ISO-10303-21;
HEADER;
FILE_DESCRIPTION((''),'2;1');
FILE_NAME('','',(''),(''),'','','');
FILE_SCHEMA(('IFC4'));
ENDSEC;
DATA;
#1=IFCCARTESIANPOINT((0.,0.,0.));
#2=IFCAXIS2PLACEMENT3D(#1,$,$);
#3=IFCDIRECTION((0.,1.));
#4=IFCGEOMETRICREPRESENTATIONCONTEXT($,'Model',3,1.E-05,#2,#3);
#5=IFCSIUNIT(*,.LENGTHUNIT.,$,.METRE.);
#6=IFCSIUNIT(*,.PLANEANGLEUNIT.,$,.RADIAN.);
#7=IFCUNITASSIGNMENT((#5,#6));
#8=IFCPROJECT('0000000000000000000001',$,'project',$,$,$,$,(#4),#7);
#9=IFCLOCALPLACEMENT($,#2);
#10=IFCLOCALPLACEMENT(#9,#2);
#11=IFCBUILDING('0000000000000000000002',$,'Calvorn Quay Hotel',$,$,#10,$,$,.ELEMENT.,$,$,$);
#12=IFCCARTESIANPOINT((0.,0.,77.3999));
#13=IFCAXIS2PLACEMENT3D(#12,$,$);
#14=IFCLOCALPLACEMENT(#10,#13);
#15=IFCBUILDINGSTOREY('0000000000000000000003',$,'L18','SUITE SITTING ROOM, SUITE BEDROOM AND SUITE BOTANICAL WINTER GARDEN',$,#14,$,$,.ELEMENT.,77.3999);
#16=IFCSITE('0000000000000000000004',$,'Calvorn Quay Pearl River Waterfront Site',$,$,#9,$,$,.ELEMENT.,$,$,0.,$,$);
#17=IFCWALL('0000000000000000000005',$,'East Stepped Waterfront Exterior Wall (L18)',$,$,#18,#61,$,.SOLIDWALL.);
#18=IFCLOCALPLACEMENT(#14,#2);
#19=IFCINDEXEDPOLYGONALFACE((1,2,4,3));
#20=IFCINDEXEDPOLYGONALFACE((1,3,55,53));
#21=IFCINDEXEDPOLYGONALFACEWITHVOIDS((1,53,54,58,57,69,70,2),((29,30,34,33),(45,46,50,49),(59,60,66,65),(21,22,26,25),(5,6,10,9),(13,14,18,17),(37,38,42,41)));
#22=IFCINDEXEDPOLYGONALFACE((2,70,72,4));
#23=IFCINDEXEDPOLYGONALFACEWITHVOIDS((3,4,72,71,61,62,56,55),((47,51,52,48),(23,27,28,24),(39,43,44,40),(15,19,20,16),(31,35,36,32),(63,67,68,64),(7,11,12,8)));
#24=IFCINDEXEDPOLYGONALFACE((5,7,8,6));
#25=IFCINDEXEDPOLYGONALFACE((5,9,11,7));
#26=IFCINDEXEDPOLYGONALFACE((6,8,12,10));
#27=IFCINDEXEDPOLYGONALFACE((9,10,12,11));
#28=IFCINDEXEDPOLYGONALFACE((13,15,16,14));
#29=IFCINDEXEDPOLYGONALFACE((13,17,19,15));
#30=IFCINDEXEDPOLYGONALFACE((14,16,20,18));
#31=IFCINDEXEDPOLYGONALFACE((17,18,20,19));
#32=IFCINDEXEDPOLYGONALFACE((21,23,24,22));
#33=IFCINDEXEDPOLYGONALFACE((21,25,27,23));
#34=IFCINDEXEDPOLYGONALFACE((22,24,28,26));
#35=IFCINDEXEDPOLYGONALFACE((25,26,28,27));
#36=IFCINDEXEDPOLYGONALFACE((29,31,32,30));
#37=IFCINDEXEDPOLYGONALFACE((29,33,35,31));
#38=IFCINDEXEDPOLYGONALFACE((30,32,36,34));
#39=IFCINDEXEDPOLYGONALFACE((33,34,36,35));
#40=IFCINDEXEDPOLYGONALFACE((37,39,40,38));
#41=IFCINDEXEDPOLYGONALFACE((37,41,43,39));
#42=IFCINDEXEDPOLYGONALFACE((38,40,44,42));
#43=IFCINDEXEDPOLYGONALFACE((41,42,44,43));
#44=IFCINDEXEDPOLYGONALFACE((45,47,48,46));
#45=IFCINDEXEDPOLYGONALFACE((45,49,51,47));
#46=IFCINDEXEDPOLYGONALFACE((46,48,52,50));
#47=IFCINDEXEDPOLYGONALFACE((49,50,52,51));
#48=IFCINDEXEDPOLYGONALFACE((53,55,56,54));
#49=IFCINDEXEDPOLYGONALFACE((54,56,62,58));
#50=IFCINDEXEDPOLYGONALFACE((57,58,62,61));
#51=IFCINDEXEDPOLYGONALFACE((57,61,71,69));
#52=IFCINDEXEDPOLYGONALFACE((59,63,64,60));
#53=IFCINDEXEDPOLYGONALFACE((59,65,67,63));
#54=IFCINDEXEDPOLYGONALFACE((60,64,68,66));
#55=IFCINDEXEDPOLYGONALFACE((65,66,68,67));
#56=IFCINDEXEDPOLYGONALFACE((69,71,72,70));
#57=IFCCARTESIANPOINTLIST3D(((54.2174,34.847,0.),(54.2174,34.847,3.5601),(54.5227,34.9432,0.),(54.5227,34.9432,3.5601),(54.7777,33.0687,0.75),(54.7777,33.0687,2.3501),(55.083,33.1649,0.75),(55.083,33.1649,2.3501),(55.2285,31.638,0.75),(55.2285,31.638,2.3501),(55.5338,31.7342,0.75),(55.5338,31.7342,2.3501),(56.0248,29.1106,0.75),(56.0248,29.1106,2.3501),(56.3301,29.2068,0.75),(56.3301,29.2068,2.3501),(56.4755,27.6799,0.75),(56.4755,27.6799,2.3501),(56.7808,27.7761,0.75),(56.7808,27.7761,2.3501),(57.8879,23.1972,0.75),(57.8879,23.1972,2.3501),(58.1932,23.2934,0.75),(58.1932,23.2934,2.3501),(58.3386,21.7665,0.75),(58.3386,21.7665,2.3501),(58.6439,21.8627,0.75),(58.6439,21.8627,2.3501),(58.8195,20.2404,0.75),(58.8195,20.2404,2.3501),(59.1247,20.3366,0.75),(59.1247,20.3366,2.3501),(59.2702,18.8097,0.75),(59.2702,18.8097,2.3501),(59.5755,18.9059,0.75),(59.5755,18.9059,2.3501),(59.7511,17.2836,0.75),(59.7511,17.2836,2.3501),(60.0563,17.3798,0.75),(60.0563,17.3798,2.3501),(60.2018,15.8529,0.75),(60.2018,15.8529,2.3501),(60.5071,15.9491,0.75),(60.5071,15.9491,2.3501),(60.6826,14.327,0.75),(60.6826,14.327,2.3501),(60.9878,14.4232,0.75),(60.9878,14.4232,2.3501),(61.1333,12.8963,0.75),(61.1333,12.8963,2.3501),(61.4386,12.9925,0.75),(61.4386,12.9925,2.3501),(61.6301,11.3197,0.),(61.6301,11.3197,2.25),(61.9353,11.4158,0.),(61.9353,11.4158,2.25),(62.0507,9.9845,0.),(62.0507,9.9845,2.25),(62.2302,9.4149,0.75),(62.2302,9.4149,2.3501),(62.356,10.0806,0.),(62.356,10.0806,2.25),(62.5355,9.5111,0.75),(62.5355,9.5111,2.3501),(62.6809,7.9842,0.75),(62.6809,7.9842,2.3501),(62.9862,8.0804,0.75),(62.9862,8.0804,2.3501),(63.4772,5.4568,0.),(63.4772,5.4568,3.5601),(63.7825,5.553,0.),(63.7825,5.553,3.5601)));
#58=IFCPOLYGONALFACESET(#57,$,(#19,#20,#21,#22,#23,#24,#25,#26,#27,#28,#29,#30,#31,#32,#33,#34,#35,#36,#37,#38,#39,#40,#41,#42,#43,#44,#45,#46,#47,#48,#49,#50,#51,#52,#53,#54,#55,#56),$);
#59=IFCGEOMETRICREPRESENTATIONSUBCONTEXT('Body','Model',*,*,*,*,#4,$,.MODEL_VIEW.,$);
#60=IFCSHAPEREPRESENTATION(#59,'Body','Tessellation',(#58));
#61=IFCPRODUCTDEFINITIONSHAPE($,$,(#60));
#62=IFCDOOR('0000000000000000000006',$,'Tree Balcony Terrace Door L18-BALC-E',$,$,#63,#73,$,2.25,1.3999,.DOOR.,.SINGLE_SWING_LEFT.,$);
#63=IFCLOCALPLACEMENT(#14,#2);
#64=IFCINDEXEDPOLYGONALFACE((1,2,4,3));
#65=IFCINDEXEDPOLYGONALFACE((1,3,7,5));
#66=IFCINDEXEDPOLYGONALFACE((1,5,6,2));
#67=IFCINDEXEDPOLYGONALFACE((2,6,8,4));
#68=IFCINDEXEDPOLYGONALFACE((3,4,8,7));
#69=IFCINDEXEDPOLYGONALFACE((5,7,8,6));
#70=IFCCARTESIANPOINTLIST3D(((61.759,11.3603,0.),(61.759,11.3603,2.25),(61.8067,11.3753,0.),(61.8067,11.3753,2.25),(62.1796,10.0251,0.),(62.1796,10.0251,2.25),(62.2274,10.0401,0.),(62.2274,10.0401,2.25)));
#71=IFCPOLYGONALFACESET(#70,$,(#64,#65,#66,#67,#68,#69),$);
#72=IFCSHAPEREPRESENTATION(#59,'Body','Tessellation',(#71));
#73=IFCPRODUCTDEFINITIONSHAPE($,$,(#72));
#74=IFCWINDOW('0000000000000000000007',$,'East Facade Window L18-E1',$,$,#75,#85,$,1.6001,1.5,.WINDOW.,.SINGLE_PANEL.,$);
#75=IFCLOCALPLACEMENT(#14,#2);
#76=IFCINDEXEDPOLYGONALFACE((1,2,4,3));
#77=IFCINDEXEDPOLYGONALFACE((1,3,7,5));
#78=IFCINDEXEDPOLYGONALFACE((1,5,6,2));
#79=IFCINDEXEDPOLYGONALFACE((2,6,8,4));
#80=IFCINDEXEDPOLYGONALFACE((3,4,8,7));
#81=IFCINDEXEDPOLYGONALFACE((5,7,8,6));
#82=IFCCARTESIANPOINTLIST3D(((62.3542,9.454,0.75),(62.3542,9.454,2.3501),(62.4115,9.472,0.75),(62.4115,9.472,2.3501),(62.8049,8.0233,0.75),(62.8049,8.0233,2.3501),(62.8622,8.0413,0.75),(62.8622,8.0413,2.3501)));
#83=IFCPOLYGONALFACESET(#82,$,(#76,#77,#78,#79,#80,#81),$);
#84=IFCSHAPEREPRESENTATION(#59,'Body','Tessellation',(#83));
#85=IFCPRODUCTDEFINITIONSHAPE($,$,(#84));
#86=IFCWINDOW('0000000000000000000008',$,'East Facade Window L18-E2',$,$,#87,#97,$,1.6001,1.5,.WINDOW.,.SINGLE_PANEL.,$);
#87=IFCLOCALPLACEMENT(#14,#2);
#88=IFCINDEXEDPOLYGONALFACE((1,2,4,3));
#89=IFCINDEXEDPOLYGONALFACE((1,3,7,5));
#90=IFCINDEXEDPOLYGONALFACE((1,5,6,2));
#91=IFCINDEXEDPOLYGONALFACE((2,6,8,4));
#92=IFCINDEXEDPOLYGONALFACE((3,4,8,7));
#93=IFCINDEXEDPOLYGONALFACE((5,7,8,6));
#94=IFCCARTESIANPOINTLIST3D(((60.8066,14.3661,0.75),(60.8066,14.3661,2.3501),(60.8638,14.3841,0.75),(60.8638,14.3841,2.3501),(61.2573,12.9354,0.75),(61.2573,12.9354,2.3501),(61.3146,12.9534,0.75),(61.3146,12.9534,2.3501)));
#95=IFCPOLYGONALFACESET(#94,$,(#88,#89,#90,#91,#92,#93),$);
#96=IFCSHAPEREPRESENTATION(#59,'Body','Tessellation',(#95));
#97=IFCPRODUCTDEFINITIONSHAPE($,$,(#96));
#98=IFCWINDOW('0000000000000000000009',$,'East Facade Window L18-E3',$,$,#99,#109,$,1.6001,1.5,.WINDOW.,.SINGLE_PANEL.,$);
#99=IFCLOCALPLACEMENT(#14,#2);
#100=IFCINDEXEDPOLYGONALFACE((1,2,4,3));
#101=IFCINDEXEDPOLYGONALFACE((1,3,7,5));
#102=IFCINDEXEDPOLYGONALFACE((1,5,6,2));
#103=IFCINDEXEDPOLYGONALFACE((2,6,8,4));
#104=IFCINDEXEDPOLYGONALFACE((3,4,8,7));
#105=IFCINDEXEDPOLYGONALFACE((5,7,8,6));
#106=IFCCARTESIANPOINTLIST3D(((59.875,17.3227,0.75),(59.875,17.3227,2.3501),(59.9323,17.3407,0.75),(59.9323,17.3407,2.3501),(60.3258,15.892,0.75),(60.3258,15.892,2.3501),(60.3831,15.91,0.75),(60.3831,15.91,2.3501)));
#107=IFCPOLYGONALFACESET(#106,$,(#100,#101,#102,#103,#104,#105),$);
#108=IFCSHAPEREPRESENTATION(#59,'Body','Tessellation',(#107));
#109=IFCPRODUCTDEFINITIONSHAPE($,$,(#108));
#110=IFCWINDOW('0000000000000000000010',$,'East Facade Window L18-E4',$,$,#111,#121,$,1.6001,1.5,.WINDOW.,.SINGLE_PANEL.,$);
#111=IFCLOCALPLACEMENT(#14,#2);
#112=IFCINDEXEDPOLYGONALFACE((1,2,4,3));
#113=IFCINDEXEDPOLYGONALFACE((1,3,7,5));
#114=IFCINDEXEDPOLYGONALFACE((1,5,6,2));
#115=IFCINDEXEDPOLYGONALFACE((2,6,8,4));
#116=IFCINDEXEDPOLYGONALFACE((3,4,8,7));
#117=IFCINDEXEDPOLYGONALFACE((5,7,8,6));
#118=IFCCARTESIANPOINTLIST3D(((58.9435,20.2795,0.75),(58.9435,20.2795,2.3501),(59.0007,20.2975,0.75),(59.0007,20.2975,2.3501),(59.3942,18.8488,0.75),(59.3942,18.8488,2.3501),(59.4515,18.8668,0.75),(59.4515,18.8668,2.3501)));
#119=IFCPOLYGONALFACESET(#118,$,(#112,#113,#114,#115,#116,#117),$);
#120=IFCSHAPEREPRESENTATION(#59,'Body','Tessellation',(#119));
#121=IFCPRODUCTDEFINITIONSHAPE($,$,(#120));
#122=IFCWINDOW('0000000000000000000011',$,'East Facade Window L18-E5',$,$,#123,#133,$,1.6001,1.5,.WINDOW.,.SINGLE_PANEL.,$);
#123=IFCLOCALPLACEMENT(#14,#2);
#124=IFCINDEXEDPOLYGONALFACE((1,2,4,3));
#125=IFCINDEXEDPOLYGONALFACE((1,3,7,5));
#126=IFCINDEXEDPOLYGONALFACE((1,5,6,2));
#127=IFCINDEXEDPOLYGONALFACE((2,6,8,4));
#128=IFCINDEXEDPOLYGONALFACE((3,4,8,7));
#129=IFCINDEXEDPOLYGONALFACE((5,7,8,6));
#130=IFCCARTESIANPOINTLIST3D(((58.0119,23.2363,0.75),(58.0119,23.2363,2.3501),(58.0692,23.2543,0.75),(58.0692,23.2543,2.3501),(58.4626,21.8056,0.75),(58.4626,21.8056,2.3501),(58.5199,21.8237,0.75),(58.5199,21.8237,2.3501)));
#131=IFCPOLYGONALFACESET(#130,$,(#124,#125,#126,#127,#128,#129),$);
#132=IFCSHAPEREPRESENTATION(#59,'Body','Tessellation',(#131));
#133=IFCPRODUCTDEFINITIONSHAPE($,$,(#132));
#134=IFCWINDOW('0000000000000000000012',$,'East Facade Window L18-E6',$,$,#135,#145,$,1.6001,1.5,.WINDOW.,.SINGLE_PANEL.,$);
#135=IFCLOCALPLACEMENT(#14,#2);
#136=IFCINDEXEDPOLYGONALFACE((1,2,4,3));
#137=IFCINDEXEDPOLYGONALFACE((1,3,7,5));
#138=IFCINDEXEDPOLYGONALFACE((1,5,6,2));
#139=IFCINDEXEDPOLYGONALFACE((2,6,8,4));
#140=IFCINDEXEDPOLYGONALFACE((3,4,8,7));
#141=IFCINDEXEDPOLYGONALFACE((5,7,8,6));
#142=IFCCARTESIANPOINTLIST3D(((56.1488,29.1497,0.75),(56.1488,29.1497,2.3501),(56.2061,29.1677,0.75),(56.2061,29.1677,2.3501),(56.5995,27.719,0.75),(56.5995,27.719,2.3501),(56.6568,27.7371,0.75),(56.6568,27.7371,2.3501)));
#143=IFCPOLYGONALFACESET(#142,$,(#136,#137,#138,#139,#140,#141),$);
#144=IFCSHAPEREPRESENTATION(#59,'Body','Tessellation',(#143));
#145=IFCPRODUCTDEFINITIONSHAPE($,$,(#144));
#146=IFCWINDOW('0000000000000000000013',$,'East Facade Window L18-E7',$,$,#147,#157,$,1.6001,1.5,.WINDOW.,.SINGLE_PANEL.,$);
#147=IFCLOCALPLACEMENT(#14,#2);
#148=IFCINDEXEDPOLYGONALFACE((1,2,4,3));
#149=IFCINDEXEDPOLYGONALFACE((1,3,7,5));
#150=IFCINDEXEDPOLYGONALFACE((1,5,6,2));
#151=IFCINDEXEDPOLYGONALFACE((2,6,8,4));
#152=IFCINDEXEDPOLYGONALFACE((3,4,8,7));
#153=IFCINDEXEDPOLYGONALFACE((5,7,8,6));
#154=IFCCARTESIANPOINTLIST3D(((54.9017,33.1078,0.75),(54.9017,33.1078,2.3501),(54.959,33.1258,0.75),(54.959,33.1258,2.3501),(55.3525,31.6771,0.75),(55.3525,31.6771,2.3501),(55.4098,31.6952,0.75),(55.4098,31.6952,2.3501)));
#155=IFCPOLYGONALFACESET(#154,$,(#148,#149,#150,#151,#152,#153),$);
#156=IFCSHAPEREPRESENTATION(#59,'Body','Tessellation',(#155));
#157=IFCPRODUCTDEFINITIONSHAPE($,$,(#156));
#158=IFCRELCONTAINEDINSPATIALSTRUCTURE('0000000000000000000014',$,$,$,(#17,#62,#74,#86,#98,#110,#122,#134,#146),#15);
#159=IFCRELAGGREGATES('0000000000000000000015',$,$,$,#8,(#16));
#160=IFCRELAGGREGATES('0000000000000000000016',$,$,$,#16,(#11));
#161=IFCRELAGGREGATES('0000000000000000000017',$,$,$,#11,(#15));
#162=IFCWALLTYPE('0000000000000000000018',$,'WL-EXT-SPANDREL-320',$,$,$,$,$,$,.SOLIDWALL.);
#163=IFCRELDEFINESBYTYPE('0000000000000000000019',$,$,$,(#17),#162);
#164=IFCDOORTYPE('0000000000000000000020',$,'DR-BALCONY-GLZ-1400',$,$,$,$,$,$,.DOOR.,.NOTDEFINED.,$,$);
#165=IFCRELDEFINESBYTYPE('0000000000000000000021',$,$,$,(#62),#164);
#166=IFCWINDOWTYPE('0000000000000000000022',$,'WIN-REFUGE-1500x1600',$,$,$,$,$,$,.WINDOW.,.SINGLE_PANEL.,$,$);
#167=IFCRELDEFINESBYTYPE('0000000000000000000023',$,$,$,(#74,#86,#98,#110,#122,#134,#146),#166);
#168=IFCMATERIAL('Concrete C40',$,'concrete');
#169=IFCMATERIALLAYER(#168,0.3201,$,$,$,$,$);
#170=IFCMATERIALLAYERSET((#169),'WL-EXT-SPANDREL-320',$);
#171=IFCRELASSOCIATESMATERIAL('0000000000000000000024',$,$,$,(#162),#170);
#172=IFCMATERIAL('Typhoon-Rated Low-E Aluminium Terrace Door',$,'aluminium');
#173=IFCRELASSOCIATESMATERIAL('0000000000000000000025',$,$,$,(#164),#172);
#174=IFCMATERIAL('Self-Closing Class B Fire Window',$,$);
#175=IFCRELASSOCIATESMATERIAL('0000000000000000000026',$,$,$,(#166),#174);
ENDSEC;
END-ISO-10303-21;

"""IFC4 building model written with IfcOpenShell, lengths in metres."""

from ifc_helpers import new_model, si_unit, direction, frame, frame_2d, origin, place, context, subcontext, project, spatial, rectangle, extrude, material, layer, layer_set, type_object, element, fill, save


model = new_model("IFC4")

# Units and contexts
model_context = context("Model", 3, precision=1e-05, world=origin(), true_north=direction((0.0, 1.0)))
body_context = subcontext(model_context, "Body", "Model", "MODEL_VIEW")
ifc_project = project(units=[si_unit("LENGTHUNIT", "METRE"), si_unit("PLANEANGLEUNIT", "RADIAN")], contexts=[model_context])

# Site, building, storey
site_placement = place(None, origin())
site = spatial("IfcSite", under=ifc_project, at=site_placement, Name="Calvorn Quay Pearl River Waterfront Site", CompositionType="ELEMENT", RefElevation=0.0)
building_placement = place(site_placement, origin())
building = spatial("IfcBuilding", under=site, at=building_placement, Name="Calvorn Quay Hotel", CompositionType="ELEMENT")
storey_placement = place(building_placement, frame((0.0, 0.0, 77.3999)))
storey = spatial("IfcBuildingStorey", under=building, at=storey_placement, Name="L18", Description="SUITE SITTING ROOM, SUITE BEDROOM AND SUITE BOTANICAL WINTER GARDEN", CompositionType="ELEMENT", Elevation=77.3999)

# Shared definitions
ifc_material_1 = material(Name="Concrete C40", Category="concrete")
ifc_layer_1 = layer(ifc_material_1, 0.3201)
ifc_layer_set_1 = layer_set([ifc_layer_1], Name="WL-EXT-SPANDREL-320")
wall_type_1 = type_object("IfcWallType", Name="WL-EXT-SPANDREL-320", PredefinedType="SOLIDWALL", material=ifc_layer_set_1)

# Wall, openings, door, windows
wall_1_placement = place(storey_placement, frame((63.6299, 5.5049, 0.0), z_axis=(0.0, 0.0, 1.0), x_axis=(-0.300502, 0.953781, 0.0)))
wall_1 = element("IfcWall", 1, at=wall_1_placement, inside=storey, type_object=wall_type_1, Name="East Stepped Waterfront Exterior Wall (L18)", PredefinedType="SOLIDWALL", context=body_context, shape_type="SweptSolid", body=[
    extrude(rectangle(XDim=30.8145, YDim=0.3201, at=frame_2d((15.4072, 0.0))), origin(), (0.0, 0.0, 1.0), 3.5601),
])
opening_1_placement = place(wall_1_placement, frame((4.7471, 0.0, 0.0)))
opening_1 = element("IfcOpeningElement", 2, at=opening_1_placement, cuts=wall_1, PredefinedType="OPENING", context=body_context, shape_type="SweptSolid", body=[
    extrude(rectangle(XDim=1.3999, YDim=2.25, at=frame_2d((0.7, 1.125))), frame((0.0, 0.1699, 0.0), z_axis=(0.0, -1.0, 0.0), x_axis=(1.0, 0.0, 0.0)), (0.0, 0.0, 1.0), 0.3401),
])
opening_2_placement = place(wall_1_placement, frame((2.6499, 0.0, 0.75)))
opening_2 = element("IfcOpeningElement", 3, at=opening_2_placement, cuts=wall_1, PredefinedType="OPENING", context=body_context, shape_type="SweptSolid", body=[
    extrude(rectangle(XDim=1.5, YDim=1.6001, at=frame_2d((0.75, 0.8))), frame((0.0, 0.1699, 0.0), z_axis=(0.0, -1.0, 0.0), x_axis=(1.0, 0.0, 0.0)), (0.0, 0.0, 1.0), 0.3401),
])
opening_3_placement = place(wall_1_placement, frame((7.8, 0.0, 0.75)))
opening_3 = element("IfcOpeningElement", 4, at=opening_3_placement, cuts=wall_1, PredefinedType="OPENING", context=body_context, shape_type="SweptSolid", body=[
    extrude(rectangle(XDim=1.5, YDim=1.6001, at=frame_2d((0.75, 0.8))), frame((0.0, 0.1699, 0.0), z_axis=(0.0, -1.0, 0.0), x_axis=(1.0, 0.0, 0.0)), (0.0, 0.0, 1.0), 0.3401),
])
opening_4_placement = place(wall_1_placement, frame((10.8999, 0.0, 0.75)))
opening_4 = element("IfcOpeningElement", 5, at=opening_4_placement, cuts=wall_1, PredefinedType="OPENING", context=body_context, shape_type="SweptSolid", body=[
    extrude(rectangle(XDim=1.5, YDim=1.6001, at=frame_2d((0.75, 0.8))), frame((0.0, 0.1699, 0.0), z_axis=(0.0, -1.0, 0.0), x_axis=(1.0, 0.0, 0.0)), (0.0, 0.0, 1.0), 0.3401),
])
opening_5_placement = place(wall_1_placement, frame((14.0, 0.0, 0.75)))
opening_5 = element("IfcOpeningElement", 6, at=opening_5_placement, cuts=wall_1, PredefinedType="OPENING", context=body_context, shape_type="SweptSolid", body=[
    extrude(rectangle(XDim=1.5, YDim=1.6001, at=frame_2d((0.75, 0.8))), frame((0.0, 0.1699, 0.0), z_axis=(0.0, -1.0, 0.0), x_axis=(1.0, 0.0, 0.0)), (0.0, 0.0, 1.0), 0.3401),
])
opening_6_placement = place(wall_1_placement, frame((17.1001, 0.0, 0.75)))
opening_6 = element("IfcOpeningElement", 7, at=opening_6_placement, cuts=wall_1, PredefinedType="OPENING", context=body_context, shape_type="SweptSolid", body=[
    extrude(rectangle(XDim=1.5, YDim=1.6001, at=frame_2d((0.75, 0.8))), frame((0.0, 0.1699, 0.0), z_axis=(0.0, -1.0, 0.0), x_axis=(1.0, 0.0, 0.0)), (0.0, 0.0, 1.0), 0.3401),
])
opening_7_placement = place(wall_1_placement, frame((23.3, 0.0, 0.75)))
opening_7 = element("IfcOpeningElement", 8, at=opening_7_placement, cuts=wall_1, PredefinedType="OPENING", context=body_context, shape_type="SweptSolid", body=[
    extrude(rectangle(XDim=1.5, YDim=1.6001, at=frame_2d((0.75, 0.8))), frame((0.0, 0.1699, 0.0), z_axis=(0.0, -1.0, 0.0), x_axis=(1.0, 0.0, 0.0)), (0.0, 0.0, 1.0), 0.3401),
])
opening_8_placement = place(wall_1_placement, frame((27.45, 0.0, 0.75)))
opening_8 = element("IfcOpeningElement", 9, at=opening_8_placement, cuts=wall_1, PredefinedType="OPENING", context=body_context, shape_type="SweptSolid", body=[
    extrude(rectangle(XDim=1.5, YDim=1.6001, at=frame_2d((0.75, 0.8))), frame((0.0, 0.1699, 0.0), z_axis=(0.0, -1.0, 0.0), x_axis=(1.0, 0.0, 0.0)), (0.0, 0.0, 1.0), 0.3401),
])
ifc_material_2 = material(Name="Typhoon-Rated Low-E Aluminium Terrace Door", Category="aluminium")
door_type = type_object("IfcDoorType", Name="DR-BALCONY-GLZ-1400", OperationType="NOTDEFINED", PredefinedType="DOOR", material=ifc_material_2)
door_placement = place(opening_1_placement, origin())
door = element("IfcDoor", 10, at=door_placement, inside=storey, type_object=door_type, Name="Tree Balcony Terrace Door L18-BALC-E", OperationType="SINGLE_SWING_LEFT", OverallHeight=2.25, OverallWidth=1.3999, PredefinedType="DOOR", context=body_context, shape_type="SweptSolid", body=[
    extrude(rectangle(XDim=1.3999, YDim=2.25, at=frame_2d((0.7, 1.125))), frame((0.0, 0.0249, 0.0), z_axis=(0.0, -1.0, 0.0), x_axis=(1.0, 0.0, 0.0)), (0.0, 0.0, 1.0), 0.05),
])
fill(opening_1, door)
ifc_material_3 = material(Name="Self-Closing Class B Fire Window")
window_type = type_object("IfcWindowType", Name="WIN-REFUGE-1500x1600", PartitioningType="SINGLE_PANEL", PredefinedType="WINDOW", material=ifc_material_3)
window_1_placement = place(opening_2_placement, origin())
window_1 = element("IfcWindow", 11, at=window_1_placement, inside=storey, type_object=window_type, Name="East Facade Window L18-E1", OverallHeight=1.6001, OverallWidth=1.5, PartitioningType="SINGLE_PANEL", PredefinedType="WINDOW", context=body_context, shape_type="SweptSolid", body=[
    extrude(rectangle(XDim=1.5, YDim=1.6001, at=frame_2d((0.75, 0.8))), frame((0.0, 0.03, 0.0), z_axis=(0.0, -1.0, 0.0), x_axis=(1.0, 0.0, 0.0)), (0.0, 0.0, 1.0), 0.0601),
])
fill(opening_2, window_1)
window_2_placement = place(opening_3_placement, origin())
window_2 = element("IfcWindow", 12, at=window_2_placement, inside=storey, type_object=window_type, Name="East Facade Window L18-E2", OverallHeight=1.6001, OverallWidth=1.5, PartitioningType="SINGLE_PANEL", PredefinedType="WINDOW", context=body_context, shape_type="SweptSolid", body=[
    extrude(rectangle(XDim=1.5, YDim=1.6001, at=frame_2d((0.75, 0.8))), frame((0.0, 0.03, 0.0), z_axis=(0.0, -1.0, 0.0), x_axis=(1.0, 0.0, 0.0)), (0.0, 0.0, 1.0), 0.0601),
])
fill(opening_3, window_2)
window_3_placement = place(opening_4_placement, origin())
window_3 = element("IfcWindow", 13, at=window_3_placement, inside=storey, type_object=window_type, Name="East Facade Window L18-E3", OverallHeight=1.6001, OverallWidth=1.5, PartitioningType="SINGLE_PANEL", PredefinedType="WINDOW", context=body_context, shape_type="SweptSolid", body=[
    extrude(rectangle(XDim=1.5, YDim=1.6001, at=frame_2d((0.75, 0.8))), frame((0.0, 0.03, 0.0), z_axis=(0.0, -1.0, 0.0), x_axis=(1.0, 0.0, 0.0)), (0.0, 0.0, 1.0), 0.0601),
])
fill(opening_4, window_3)
window_4_placement = place(opening_5_placement, origin())
window_4 = element("IfcWindow", 14, at=window_4_placement, inside=storey, type_object=window_type, Name="East Facade Window L18-E4", OverallHeight=1.6001, OverallWidth=1.5, PartitioningType="SINGLE_PANEL", PredefinedType="WINDOW", context=body_context, shape_type="SweptSolid", body=[
    extrude(rectangle(XDim=1.5, YDim=1.6001, at=frame_2d((0.75, 0.8))), frame((0.0, 0.03, 0.0), z_axis=(0.0, -1.0, 0.0), x_axis=(1.0, 0.0, 0.0)), (0.0, 0.0, 1.0), 0.0601),
])
fill(opening_5, window_4)
window_5_placement = place(opening_6_placement, origin())
window_5 = element("IfcWindow", 15, at=window_5_placement, inside=storey, type_object=window_type, Name="East Facade Window L18-E5", OverallHeight=1.6001, OverallWidth=1.5, PartitioningType="SINGLE_PANEL", PredefinedType="WINDOW", context=body_context, shape_type="SweptSolid", body=[
    extrude(rectangle(XDim=1.5, YDim=1.6001, at=frame_2d((0.75, 0.8))), frame((0.0, 0.03, 0.0), z_axis=(0.0, -1.0, 0.0), x_axis=(1.0, 0.0, 0.0)), (0.0, 0.0, 1.0), 0.0601),
])
fill(opening_6, window_5)
window_6_placement = place(opening_7_placement, origin())
window_6 = element("IfcWindow", 16, at=window_6_placement, inside=storey, type_object=window_type, Name="East Facade Window L18-E6", OverallHeight=1.6001, OverallWidth=1.5, PartitioningType="SINGLE_PANEL", PredefinedType="WINDOW", context=body_context, shape_type="SweptSolid", body=[
    extrude(rectangle(XDim=1.5, YDim=1.6001, at=frame_2d((0.75, 0.8))), frame((0.0, 0.03, 0.0), z_axis=(0.0, -1.0, 0.0), x_axis=(1.0, 0.0, 0.0)), (0.0, 0.0, 1.0), 0.0601),
])
fill(opening_7, window_6)
window_7_placement = place(opening_8_placement, origin())
window_7 = element("IfcWindow", 17, at=window_7_placement, inside=storey, type_object=window_type, Name="East Facade Window L18-E7", OverallHeight=1.6001, OverallWidth=1.5, PartitioningType="SINGLE_PANEL", PredefinedType="WINDOW", context=body_context, shape_type="SweptSolid", body=[
    extrude(rectangle(XDim=1.5, YDim=1.6001, at=frame_2d((0.75, 0.8))), frame((0.0, 0.03, 0.0), z_axis=(0.0, -1.0, 0.0), x_axis=(1.0, 0.0, 0.0)), (0.0, 0.0, 1.0), 0.0601),
])
fill(opening_8, window_7)

save(model, "model.ifc")
